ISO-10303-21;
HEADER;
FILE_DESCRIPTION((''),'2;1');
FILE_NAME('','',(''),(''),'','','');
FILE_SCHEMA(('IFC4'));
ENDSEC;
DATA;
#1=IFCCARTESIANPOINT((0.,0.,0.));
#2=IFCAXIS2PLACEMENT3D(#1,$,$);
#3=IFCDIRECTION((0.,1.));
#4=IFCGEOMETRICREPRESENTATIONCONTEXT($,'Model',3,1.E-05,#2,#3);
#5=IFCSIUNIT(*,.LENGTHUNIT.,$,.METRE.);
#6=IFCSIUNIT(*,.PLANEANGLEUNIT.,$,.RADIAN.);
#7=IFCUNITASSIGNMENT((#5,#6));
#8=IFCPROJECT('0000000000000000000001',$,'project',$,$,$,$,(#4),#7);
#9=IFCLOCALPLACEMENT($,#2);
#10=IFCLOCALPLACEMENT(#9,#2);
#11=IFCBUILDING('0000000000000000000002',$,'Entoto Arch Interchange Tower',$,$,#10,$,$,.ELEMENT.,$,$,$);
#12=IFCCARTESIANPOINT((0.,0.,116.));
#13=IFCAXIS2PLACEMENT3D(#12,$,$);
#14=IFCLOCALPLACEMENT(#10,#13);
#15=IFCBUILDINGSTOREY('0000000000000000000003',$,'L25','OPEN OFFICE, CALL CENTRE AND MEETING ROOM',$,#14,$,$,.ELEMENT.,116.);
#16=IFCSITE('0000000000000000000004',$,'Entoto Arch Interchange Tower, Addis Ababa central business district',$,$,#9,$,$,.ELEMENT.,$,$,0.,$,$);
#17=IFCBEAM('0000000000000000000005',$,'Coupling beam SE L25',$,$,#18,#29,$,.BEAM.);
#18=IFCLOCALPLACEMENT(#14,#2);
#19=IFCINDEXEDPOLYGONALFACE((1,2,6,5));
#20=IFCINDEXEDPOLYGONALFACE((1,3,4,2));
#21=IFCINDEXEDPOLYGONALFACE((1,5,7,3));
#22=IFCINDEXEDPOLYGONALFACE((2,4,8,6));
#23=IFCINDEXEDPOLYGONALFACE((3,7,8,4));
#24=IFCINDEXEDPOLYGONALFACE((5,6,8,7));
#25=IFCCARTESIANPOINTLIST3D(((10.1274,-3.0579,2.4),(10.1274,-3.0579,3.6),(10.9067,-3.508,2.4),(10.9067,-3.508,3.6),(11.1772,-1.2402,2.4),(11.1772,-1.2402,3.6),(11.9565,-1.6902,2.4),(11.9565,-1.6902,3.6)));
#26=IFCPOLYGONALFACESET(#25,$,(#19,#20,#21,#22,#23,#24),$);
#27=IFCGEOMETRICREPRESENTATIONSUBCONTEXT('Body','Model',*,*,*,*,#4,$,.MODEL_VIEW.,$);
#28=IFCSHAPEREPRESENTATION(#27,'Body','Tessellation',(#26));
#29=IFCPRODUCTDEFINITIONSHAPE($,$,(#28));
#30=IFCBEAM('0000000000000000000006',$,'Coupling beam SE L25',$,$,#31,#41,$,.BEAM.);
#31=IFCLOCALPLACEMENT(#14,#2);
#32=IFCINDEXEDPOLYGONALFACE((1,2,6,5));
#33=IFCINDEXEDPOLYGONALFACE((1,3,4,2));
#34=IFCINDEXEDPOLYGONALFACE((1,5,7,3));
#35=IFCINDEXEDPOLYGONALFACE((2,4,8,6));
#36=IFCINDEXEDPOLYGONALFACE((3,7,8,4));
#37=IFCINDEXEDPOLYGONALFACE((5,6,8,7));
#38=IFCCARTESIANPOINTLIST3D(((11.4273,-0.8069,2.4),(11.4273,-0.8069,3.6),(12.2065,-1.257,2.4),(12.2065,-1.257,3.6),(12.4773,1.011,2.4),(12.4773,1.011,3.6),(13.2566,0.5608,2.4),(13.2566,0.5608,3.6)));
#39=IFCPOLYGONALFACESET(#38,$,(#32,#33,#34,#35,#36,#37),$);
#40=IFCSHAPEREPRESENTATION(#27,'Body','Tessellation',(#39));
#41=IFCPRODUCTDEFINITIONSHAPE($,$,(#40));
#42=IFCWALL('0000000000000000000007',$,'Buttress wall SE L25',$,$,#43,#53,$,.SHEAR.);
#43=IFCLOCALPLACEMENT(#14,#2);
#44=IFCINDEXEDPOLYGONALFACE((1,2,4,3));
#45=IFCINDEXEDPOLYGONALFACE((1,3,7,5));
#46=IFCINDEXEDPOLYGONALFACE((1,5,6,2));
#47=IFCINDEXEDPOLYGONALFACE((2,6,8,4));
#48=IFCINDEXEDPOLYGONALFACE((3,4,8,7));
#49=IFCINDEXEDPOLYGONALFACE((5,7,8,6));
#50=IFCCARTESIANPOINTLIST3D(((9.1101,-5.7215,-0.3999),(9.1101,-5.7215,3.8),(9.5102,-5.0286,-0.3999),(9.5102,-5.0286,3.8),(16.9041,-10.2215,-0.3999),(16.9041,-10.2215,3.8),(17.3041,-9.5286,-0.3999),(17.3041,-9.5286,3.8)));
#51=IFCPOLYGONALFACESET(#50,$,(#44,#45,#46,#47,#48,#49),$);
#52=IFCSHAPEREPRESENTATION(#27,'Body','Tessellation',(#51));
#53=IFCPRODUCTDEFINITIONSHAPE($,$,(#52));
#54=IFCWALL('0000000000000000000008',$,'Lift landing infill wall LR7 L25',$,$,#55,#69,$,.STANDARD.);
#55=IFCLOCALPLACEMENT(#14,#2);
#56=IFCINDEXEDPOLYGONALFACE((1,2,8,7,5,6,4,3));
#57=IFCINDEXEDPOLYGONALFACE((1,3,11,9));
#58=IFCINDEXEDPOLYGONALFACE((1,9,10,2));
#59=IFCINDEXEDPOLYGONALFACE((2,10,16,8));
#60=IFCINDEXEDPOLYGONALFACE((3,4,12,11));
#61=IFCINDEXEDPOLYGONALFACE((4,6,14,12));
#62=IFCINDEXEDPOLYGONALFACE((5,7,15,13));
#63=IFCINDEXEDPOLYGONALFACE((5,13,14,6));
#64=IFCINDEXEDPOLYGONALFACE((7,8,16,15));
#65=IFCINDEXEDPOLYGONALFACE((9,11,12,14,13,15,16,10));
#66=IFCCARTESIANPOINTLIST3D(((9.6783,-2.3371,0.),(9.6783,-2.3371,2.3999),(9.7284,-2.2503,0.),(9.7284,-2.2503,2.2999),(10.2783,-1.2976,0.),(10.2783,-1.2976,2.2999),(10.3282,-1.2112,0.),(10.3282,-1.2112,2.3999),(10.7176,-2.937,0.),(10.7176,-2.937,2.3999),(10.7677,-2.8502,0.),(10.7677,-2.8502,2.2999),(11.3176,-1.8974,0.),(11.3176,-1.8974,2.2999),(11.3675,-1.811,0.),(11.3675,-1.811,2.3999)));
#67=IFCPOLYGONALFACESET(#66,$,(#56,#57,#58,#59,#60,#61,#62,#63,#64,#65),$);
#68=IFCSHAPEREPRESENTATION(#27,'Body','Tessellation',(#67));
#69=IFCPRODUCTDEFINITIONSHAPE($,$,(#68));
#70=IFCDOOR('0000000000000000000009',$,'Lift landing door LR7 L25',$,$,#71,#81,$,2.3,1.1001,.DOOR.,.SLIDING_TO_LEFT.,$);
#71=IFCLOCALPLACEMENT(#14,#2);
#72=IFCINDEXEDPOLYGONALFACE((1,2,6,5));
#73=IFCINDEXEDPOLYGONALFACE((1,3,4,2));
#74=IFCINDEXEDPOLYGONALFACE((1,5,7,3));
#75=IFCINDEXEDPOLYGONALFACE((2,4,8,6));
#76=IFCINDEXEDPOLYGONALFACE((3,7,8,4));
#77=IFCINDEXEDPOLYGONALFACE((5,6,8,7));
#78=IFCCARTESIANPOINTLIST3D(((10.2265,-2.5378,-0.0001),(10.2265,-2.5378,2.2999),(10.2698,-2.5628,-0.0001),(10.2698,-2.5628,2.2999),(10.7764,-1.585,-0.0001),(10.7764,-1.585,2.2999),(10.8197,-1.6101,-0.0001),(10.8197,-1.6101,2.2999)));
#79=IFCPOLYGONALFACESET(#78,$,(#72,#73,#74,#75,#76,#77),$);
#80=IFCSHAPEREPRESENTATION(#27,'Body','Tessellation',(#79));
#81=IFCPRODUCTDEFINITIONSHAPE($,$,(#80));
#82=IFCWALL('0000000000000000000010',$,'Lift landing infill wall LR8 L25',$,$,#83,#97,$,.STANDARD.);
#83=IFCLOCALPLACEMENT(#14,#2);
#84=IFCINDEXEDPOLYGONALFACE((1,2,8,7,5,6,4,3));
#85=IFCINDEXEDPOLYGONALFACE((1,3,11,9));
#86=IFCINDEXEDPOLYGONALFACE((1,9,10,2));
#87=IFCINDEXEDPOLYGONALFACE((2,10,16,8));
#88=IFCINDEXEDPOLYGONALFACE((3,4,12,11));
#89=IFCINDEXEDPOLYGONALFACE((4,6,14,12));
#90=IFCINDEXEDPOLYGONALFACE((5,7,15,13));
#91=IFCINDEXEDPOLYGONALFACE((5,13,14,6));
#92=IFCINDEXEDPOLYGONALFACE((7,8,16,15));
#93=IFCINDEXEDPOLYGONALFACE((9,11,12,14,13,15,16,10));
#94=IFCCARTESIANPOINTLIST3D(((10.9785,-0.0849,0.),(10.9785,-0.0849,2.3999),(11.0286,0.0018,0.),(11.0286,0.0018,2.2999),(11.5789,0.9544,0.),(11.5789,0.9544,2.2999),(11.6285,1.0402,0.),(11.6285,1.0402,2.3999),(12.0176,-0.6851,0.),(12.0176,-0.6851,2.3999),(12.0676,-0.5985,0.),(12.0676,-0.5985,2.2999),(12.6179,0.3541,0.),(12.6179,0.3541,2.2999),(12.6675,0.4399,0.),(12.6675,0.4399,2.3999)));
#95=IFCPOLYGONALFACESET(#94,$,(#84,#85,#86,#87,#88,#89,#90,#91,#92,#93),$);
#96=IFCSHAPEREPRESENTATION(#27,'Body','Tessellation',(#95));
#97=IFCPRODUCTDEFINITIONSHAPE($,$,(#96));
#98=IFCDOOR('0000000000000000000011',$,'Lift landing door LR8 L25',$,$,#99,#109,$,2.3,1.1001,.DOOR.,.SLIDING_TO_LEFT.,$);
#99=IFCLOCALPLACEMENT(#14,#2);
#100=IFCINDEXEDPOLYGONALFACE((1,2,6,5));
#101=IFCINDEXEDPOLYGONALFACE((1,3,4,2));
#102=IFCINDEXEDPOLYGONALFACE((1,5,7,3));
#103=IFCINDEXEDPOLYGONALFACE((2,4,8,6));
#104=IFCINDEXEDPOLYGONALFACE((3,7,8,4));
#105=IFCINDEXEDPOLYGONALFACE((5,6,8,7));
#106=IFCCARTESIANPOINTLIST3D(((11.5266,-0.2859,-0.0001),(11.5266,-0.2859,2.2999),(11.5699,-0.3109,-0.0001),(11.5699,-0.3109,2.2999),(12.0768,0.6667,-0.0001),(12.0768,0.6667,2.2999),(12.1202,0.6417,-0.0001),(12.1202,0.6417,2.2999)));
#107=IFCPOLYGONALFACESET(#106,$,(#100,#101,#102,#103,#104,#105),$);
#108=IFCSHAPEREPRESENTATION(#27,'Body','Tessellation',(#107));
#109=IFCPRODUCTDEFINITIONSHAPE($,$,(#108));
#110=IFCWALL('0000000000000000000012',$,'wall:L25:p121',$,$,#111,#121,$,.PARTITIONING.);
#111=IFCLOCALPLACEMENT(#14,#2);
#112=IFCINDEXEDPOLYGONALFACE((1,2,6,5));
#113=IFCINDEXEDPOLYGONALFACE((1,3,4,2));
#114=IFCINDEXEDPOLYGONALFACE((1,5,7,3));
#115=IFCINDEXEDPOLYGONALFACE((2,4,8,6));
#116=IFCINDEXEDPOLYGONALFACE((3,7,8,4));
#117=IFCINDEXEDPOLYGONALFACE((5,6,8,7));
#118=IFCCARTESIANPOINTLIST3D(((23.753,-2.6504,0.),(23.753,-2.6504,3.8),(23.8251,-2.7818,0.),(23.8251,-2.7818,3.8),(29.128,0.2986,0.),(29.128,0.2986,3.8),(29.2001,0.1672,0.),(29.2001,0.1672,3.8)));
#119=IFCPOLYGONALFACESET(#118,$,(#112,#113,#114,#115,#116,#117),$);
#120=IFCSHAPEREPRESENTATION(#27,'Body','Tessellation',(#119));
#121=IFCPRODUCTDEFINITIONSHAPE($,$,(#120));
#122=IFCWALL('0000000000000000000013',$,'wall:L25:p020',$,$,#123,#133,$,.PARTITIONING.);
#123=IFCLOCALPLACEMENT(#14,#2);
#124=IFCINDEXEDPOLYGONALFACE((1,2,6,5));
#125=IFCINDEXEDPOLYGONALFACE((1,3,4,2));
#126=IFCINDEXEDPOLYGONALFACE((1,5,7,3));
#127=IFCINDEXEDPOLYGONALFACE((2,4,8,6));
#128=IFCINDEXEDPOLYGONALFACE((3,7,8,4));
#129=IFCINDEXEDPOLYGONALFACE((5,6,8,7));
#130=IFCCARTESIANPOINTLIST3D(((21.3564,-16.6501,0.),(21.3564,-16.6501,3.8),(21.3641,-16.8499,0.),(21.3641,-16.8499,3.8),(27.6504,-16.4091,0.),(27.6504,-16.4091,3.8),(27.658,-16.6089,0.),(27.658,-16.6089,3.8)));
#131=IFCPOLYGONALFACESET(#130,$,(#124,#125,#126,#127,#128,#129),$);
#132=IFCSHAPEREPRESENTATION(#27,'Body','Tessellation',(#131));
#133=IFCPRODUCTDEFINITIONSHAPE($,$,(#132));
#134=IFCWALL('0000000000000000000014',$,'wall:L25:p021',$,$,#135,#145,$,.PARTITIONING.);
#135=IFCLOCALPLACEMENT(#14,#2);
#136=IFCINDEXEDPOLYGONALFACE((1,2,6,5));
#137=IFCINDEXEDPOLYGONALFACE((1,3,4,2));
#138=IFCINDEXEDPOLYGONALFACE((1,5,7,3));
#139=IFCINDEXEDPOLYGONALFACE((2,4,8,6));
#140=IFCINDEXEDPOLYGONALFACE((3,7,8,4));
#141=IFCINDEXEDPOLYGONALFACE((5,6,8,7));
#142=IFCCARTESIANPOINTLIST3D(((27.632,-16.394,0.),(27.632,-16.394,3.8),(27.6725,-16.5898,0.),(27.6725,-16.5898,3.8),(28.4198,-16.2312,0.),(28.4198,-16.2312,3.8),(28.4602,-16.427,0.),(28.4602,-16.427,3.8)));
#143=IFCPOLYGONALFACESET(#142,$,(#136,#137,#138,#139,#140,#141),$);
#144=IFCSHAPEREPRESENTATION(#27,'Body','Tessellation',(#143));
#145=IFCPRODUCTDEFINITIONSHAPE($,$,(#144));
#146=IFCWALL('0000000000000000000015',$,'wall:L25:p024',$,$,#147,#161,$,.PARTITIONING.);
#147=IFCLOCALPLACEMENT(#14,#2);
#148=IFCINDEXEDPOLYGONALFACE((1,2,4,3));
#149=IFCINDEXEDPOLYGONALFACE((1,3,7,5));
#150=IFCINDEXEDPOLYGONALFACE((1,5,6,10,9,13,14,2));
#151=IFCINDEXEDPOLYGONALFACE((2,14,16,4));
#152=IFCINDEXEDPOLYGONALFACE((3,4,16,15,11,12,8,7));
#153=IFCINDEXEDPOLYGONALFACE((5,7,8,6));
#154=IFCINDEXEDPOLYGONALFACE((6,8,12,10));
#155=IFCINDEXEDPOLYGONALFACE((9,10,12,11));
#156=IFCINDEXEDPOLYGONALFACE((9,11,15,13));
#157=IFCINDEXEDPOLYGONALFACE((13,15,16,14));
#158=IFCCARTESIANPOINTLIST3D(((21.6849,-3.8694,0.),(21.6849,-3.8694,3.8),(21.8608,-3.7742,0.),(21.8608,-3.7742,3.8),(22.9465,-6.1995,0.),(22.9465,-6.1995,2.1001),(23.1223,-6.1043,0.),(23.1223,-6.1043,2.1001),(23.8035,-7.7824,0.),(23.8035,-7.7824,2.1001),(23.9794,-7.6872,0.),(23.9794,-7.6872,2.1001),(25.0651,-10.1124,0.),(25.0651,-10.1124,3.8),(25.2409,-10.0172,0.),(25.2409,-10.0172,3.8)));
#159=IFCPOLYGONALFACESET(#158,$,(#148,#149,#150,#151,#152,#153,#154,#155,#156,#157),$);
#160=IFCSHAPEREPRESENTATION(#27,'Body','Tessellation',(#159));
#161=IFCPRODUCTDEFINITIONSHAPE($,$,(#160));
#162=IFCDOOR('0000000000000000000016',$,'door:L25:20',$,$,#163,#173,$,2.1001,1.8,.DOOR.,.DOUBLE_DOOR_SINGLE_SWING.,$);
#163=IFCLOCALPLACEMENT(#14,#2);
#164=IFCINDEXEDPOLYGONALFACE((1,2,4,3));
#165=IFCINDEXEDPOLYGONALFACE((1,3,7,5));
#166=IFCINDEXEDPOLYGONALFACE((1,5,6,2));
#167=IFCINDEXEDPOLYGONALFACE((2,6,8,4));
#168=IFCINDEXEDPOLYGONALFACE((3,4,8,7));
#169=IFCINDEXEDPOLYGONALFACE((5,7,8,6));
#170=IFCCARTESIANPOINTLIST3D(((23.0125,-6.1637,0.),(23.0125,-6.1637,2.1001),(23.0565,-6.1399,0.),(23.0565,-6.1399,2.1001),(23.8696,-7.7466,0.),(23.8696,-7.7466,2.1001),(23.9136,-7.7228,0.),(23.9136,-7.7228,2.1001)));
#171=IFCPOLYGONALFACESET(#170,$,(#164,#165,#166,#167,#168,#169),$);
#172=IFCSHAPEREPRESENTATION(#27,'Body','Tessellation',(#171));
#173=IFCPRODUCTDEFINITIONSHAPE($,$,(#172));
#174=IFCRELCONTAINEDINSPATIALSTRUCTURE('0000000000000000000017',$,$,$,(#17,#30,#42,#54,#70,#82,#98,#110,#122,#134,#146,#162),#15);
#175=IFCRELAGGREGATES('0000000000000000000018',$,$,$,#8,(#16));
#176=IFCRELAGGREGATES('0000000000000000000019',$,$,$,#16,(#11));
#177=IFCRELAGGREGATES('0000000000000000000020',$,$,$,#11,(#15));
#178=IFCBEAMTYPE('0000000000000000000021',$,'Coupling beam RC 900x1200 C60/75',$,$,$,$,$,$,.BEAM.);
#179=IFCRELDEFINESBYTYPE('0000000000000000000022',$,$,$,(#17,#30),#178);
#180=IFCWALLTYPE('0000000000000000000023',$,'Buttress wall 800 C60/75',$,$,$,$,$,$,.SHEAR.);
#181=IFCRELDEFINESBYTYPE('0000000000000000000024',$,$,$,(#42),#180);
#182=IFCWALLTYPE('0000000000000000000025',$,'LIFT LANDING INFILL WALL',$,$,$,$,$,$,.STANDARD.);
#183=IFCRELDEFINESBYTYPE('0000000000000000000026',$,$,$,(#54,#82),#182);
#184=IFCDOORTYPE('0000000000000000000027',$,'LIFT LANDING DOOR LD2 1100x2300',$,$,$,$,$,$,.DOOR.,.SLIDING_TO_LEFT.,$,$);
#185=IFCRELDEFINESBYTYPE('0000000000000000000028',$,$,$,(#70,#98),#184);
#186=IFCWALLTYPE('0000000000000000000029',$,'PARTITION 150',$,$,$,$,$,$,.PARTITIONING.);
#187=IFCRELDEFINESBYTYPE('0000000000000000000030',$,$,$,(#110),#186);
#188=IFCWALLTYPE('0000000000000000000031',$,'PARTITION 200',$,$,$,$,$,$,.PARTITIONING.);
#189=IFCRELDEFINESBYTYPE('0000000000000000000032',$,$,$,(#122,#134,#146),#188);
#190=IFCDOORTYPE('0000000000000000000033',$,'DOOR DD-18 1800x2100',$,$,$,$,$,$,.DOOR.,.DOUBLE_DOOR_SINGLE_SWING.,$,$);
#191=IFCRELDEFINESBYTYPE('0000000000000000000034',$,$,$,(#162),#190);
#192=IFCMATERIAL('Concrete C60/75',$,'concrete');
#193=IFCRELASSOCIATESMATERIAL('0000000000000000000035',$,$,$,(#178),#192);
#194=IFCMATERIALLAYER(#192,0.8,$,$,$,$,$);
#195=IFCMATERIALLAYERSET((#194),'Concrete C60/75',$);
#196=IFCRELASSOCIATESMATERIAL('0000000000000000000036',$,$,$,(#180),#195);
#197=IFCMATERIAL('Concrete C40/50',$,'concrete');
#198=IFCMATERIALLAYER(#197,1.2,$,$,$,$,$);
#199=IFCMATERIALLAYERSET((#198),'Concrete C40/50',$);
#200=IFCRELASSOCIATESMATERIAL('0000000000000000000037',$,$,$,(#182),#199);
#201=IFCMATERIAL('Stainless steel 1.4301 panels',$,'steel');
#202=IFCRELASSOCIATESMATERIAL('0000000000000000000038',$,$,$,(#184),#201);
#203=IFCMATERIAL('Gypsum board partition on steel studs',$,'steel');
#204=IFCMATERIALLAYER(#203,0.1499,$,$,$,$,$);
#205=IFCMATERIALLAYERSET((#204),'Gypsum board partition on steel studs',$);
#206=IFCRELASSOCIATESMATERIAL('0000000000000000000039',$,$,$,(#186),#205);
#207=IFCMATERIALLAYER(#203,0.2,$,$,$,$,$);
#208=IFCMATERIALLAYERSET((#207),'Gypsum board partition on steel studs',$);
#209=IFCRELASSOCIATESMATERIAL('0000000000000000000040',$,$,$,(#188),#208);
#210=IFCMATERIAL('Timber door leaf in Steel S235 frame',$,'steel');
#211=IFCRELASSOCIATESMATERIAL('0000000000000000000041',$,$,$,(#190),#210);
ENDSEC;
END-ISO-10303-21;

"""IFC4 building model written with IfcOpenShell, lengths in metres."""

from ifc_helpers import new_model, si_unit, direction, frame, frame_2d, origin, origin_2d, place, context, subcontext, project, spatial, rectangle, extrude, material, layer, layer_set, material_profile, profile_set, type_object, element, fill, save


model = new_model("IFC4")

# Units and contexts
model_context = context("Model", 3, precision=1e-05, world=origin(), true_north=direction((0.0, 1.0)))
body_context = subcontext(model_context, "Body", "Model", "MODEL_VIEW")
ifc_project = project(units=[si_unit("LENGTHUNIT", "METRE"), si_unit("PLANEANGLEUNIT", "RADIAN")], contexts=[model_context])

# Site, building, storey
site_placement = place(None, origin())
site = spatial("IfcSite", under=ifc_project, at=site_placement, Name="Entoto Arch Interchange Tower, Addis Ababa central business district", CompositionType="ELEMENT", RefElevation=0.0)
building_placement = place(site_placement, origin())
building = spatial("IfcBuilding", under=site, at=building_placement, Name="Entoto Arch Interchange Tower", CompositionType="ELEMENT")
storey_placement = place(building_placement, frame((0.0, 0.0, 116.0)))
storey = spatial("IfcBuildingStorey", under=building, at=storey_placement, Name="L25", Description="OPEN OFFICE, CALL CENTRE AND MEETING ROOM", CompositionType="ELEMENT", Elevation=116.0)

# Beams
ifc_material_1 = material(Name="Concrete C60/75", Category="concrete")
ifc_material_profile = material_profile(ifc_material_1, rectangle(XDim=0.8999, YDim=1.2, at=origin_2d()))
ifc_profile_set = profile_set([ifc_material_profile], Name="Concrete C60/75")
beam_type = type_object("IfcBeamType", Name="Coupling beam RC 900x1200 C60/75", PredefinedType="BEAM", material=ifc_profile_set)
beam_1_placement = place(storey_placement, frame((10.5171, -3.283, 3.0), z_axis=(0.500092, 0.865973, 0.0), x_axis=(-0.865973, 0.500092, 0.0)))
element("IfcBeam", 1, at=beam_1_placement, inside=storey, type_object=beam_type, Name="Coupling beam SE L25", PredefinedType="BEAM", context=body_context, shape_type="SweptSolid", body=[
    extrude(rectangle(XDim=0.8999, YDim=1.2, at=origin_2d()), origin(), (0.0, 0.0, 1.0), 2.0991),
])
beam_2_placement = place(storey_placement, frame((11.8169, -1.032, 3.0), z_axis=(0.500179, 0.865922, 0.0), x_axis=(-0.865922, 0.500179, 0.0)))
element("IfcBeam", 2, at=beam_2_placement, inside=storey, type_object=beam_type, Name="Coupling beam SE L25", PredefinedType="BEAM", context=body_context, shape_type="SweptSolid", body=[
    extrude(rectangle(XDim=0.8999, YDim=1.2, at=origin_2d()), origin(), (0.0, 0.0, 1.0), 2.0994),
])

# Wall
ifc_layer_1 = layer(ifc_material_1, 0.8)
ifc_layer_set_1 = layer_set([ifc_layer_1], Name="Concrete C60/75")
wall_type_1 = type_object("IfcWallType", Name="Buttress wall 800 C60/75", PredefinedType="SHEAR", material=ifc_layer_set_1)
wall_1_placement = place(storey_placement, frame((9.3101, -5.375, -0.3999), z_axis=(0.0, 0.0, 1.0), x_axis=(0.866018, -0.500014, 0.0)))
element("IfcWall", 3, at=wall_1_placement, inside=storey, type_object=wall_type_1, Name="Buttress wall SE L25", PredefinedType="SHEAR", context=body_context, shape_type="SweptSolid", body=[
    extrude(rectangle(XDim=8.9998, YDim=0.8, at=frame_2d((4.5, 0.0))), origin(), (0.0, 0.0, 1.0), 4.2),
])

# Walls, openings, doors
ifc_material_2 = material(Name="Concrete C40/50", Category="concrete")
ifc_layer_2 = layer(ifc_material_2, 1.2)
ifc_layer_set_2 = layer_set([ifc_layer_2], Name="Concrete C40/50")
wall_type_2 = type_object("IfcWallType", Name="LIFT LANDING INFILL WALL", PredefinedType="STANDARD", material=ifc_layer_set_2)
wall_2_placement = place(storey_placement, frame((10.198, -2.637, 0.0), z_axis=(0.0, 0.0, 1.0), x_axis=(0.499896, 0.866086, 0.0)))
wall_2 = element("IfcWall", 4, at=wall_2_placement, inside=storey, type_object=wall_type_2, Name="Lift landing infill wall LR7 L25", PredefinedType="STANDARD", context=body_context, shape_type="SweptSolid", body=[
    extrude(rectangle(XDim=1.3, YDim=1.2, at=frame_2d((0.6499, 0.0))), origin(), (0.0, 0.0, 1.0), 2.3999),
])
opening_1_placement = place(wall_2_placement, frame((0.1001, 0.0, 0.0)))
opening_1 = element("IfcOpeningElement", 5, at=opening_1_placement, cuts=wall_2, PredefinedType="OPENING", context=body_context, shape_type="SweptSolid", body=[
    extrude(rectangle(XDim=1.1001, YDim=2.3, at=frame_2d((0.55, 1.1499))), frame((0.0, 0.6099, 0.0), z_axis=(0.0, -1.0, 0.0), x_axis=(1.0, 0.0, 0.0)), (0.0, 0.0, 1.0), 1.22),
])
ifc_material_3 = material(Name="Stainless steel 1.4301 panels", Category="steel")
door_type_1 = type_object("IfcDoorType", Name="LIFT LANDING DOOR LD2 1100x2300", OperationType="SLIDING_TO_LEFT", PredefinedType="DOOR", material=ifc_material_3)
door_1_placement = place(opening_1_placement, origin())
door_1 = element("IfcDoor", 6, at=door_1_placement, inside=storey, type_object=door_type_1, Name="Lift landing door LR7 L25", OperationType="SLIDING_TO_LEFT", OverallHeight=2.3, OverallWidth=1.1001, PredefinedType="DOOR", context=body_context, shape_type="SweptSolid", body=[
    extrude(rectangle(XDim=1.1001, YDim=2.3, at=frame_2d((0.55, 1.1499))), frame((0.0, 0.0249, 0.0), z_axis=(0.0, -1.0, 0.0), x_axis=(1.0, 0.0, 0.0)), (0.0, 0.0, 1.0), 0.05),
])
fill(opening_1, door_1)
wall_3_placement = place(storey_placement, frame((11.498, -0.385, 0.0), z_axis=(0.0, 0.0, 1.0), x_axis=(0.500221, 0.865898, 0.0)))
wall_3 = element("IfcWall", 7, at=wall_3_placement, inside=storey, type_object=wall_type_2, Name="Lift landing infill wall LR8 L25", PredefinedType="STANDARD", context=body_context, shape_type="SweptSolid", body=[
    extrude(rectangle(XDim=1.2993, YDim=1.2, at=frame_2d((0.6497, 0.0))), origin(), (0.0, 0.0, 1.0), 2.3999),
])
opening_2_placement = place(wall_3_placement, frame((0.1001, 0.0, 0.0)))
opening_2 = element("IfcOpeningElement", 8, at=opening_2_placement, cuts=wall_3, PredefinedType="OPENING", context=body_context, shape_type="SweptSolid", body=[
    extrude(rectangle(XDim=1.1001, YDim=2.3, at=frame_2d((0.55, 1.1499))), frame((0.0, 0.6099, 0.0), z_axis=(0.0, -1.0, 0.0), x_axis=(1.0, 0.0, 0.0)), (0.0, 0.0, 1.0), 1.22),
])
door_2_placement = place(opening_2_placement, origin())
door_2 = element("IfcDoor", 9, at=door_2_placement, inside=storey, type_object=door_type_1, Name="Lift landing door LR8 L25", OperationType="SLIDING_TO_LEFT", OverallHeight=2.3, OverallWidth=1.1001, PredefinedType="DOOR", context=body_context, shape_type="SweptSolid", body=[
    extrude(rectangle(XDim=1.1001, YDim=2.3, at=frame_2d((0.55, 1.1499))), frame((0.0, 0.0249, 0.0), z_axis=(0.0, -1.0, 0.0), x_axis=(1.0, 0.0, 0.0)), (0.0, 0.0, 1.0), 0.05),
])
fill(opening_2, door_2)

# Walls
ifc_material_4 = material(Name="Gypsum board partition on steel studs", Category="steel")
ifc_layer_3 = layer(ifc_material_4, 0.1499)
ifc_layer_set_3 = layer_set([ifc_layer_3], Name="Gypsum board partition on steel studs")
wall_type_3 = type_object("IfcWallType", Name="PARTITION 150", PredefinedType="PARTITIONING", material=ifc_layer_set_3)
wall_4_placement = place(storey_placement, frame((23.7891, -2.7161, 0.0), z_axis=(0.0, 0.0, 1.0), x_axis=(0.876717, 0.481007, 0.0)))
element("IfcWall", 10, at=wall_4_placement, inside=storey, type_object=wall_type_3, Name="wall:L25:p121", PredefinedType="PARTITIONING", context=body_context, shape_type="SweptSolid", body=[
    extrude(rectangle(XDim=6.1309, YDim=0.1499, at=frame_2d((3.0654, 0.0))), origin(), (0.0, 0.0, 1.0), 3.8),
])
ifc_layer_4 = layer(ifc_material_4, 0.2)
ifc_layer_set_4 = layer_set([ifc_layer_4], Name="Gypsum board partition on steel studs")
wall_type_4 = type_object("IfcWallType", Name="PARTITION 200", PredefinedType="PARTITIONING", material=ifc_layer_set_4)
wall_5_placement = place(storey_placement, frame((21.3601, -16.75, 0.0), z_axis=(0.0, 0.0, 1.0), x_axis=(0.999268, 0.038257, 0.0)))
element("IfcWall", 11, at=wall_5_placement, inside=storey, type_object=wall_type_4, Name="wall:L25:p020", PredefinedType="PARTITIONING", context=body_context, shape_type="SweptSolid", body=[
    extrude(rectangle(XDim=6.2986, YDim=0.2, at=frame_2d((3.1494, 0.0))), origin(), (0.0, 0.0, 1.0), 3.8),
])
wall_6_placement = place(storey_placement, frame((27.6521, -16.4919, 0.0), z_axis=(0.0, 0.0, 1.0), x_axis=(0.9793, 0.202415, 0.0)))
element("IfcWall", 12, at=wall_6_placement, inside=storey, type_object=wall_type_4, Name="wall:L25:p021", PredefinedType="PARTITIONING", context=body_context, shape_type="SweptSolid", body=[
    extrude(rectangle(XDim=0.8044, YDim=0.2, at=frame_2d((0.4023, 0.0))), origin(), (0.0, 0.0, 1.0), 3.8),
])

# Wall, opening, door
wall_7_placement = place(storey_placement, frame((25.1531, -10.0649, 0.0), z_axis=(0.0, 0.0, 1.0), x_axis=(-0.476125, 0.879378, 0.0)))
wall_7 = element("IfcWall", 13, at=wall_7_placement, inside=storey, type_object=wall_type_4, Name="wall:L25:p024", PredefinedType="PARTITIONING", context=body_context, shape_type="SweptSolid", body=[
    extrude(rectangle(XDim=7.0994, YDim=0.2, at=frame_2d((3.5498, 0.0))), origin(), (0.0, 0.0, 1.0), 3.8),
])
opening_3_placement = place(wall_7_placement, frame((2.6499, 0.0, 0.0)))
opening_3 = element("IfcOpeningElement", 14, at=opening_3_placement, cuts=wall_7, PredefinedType="OPENING", context=body_context, shape_type="SweptSolid", body=[
    extrude(rectangle(XDim=1.8, YDim=2.1001, at=frame_2d((0.8999, 1.05))), frame((0.0, 0.1099, 0.0), z_axis=(0.0, -1.0, 0.0), x_axis=(1.0, 0.0, 0.0)), (0.0, 0.0, 1.0), 0.22),
])
ifc_material_5 = material(Name="Timber door leaf in Steel S235 frame", Category="steel")
door_type_2 = type_object("IfcDoorType", Name="DOOR DD-18 1800x2100", OperationType="DOUBLE_DOOR_SINGLE_SWING", PredefinedType="DOOR", material=ifc_material_5)
door_3_placement = place(opening_3_placement, origin())
door_3 = element("IfcDoor", 15, at=door_3_placement, inside=storey, type_object=door_type_2, Name="door:L25:20", OperationType="DOUBLE_DOOR_SINGLE_SWING", OverallHeight=2.1001, OverallWidth=1.8, PredefinedType="DOOR", context=body_context, shape_type="SweptSolid", body=[
    extrude(rectangle(XDim=1.8, YDim=2.1001, at=frame_2d((0.8999, 1.05))), frame((0.0, 0.0249, 0.0), z_axis=(0.0, -1.0, 0.0), x_axis=(1.0, 0.0, 0.0)), (0.0, 0.0, 1.0), 0.05),
])
fill(opening_3, door_3)

save(model, "model.ifc")
